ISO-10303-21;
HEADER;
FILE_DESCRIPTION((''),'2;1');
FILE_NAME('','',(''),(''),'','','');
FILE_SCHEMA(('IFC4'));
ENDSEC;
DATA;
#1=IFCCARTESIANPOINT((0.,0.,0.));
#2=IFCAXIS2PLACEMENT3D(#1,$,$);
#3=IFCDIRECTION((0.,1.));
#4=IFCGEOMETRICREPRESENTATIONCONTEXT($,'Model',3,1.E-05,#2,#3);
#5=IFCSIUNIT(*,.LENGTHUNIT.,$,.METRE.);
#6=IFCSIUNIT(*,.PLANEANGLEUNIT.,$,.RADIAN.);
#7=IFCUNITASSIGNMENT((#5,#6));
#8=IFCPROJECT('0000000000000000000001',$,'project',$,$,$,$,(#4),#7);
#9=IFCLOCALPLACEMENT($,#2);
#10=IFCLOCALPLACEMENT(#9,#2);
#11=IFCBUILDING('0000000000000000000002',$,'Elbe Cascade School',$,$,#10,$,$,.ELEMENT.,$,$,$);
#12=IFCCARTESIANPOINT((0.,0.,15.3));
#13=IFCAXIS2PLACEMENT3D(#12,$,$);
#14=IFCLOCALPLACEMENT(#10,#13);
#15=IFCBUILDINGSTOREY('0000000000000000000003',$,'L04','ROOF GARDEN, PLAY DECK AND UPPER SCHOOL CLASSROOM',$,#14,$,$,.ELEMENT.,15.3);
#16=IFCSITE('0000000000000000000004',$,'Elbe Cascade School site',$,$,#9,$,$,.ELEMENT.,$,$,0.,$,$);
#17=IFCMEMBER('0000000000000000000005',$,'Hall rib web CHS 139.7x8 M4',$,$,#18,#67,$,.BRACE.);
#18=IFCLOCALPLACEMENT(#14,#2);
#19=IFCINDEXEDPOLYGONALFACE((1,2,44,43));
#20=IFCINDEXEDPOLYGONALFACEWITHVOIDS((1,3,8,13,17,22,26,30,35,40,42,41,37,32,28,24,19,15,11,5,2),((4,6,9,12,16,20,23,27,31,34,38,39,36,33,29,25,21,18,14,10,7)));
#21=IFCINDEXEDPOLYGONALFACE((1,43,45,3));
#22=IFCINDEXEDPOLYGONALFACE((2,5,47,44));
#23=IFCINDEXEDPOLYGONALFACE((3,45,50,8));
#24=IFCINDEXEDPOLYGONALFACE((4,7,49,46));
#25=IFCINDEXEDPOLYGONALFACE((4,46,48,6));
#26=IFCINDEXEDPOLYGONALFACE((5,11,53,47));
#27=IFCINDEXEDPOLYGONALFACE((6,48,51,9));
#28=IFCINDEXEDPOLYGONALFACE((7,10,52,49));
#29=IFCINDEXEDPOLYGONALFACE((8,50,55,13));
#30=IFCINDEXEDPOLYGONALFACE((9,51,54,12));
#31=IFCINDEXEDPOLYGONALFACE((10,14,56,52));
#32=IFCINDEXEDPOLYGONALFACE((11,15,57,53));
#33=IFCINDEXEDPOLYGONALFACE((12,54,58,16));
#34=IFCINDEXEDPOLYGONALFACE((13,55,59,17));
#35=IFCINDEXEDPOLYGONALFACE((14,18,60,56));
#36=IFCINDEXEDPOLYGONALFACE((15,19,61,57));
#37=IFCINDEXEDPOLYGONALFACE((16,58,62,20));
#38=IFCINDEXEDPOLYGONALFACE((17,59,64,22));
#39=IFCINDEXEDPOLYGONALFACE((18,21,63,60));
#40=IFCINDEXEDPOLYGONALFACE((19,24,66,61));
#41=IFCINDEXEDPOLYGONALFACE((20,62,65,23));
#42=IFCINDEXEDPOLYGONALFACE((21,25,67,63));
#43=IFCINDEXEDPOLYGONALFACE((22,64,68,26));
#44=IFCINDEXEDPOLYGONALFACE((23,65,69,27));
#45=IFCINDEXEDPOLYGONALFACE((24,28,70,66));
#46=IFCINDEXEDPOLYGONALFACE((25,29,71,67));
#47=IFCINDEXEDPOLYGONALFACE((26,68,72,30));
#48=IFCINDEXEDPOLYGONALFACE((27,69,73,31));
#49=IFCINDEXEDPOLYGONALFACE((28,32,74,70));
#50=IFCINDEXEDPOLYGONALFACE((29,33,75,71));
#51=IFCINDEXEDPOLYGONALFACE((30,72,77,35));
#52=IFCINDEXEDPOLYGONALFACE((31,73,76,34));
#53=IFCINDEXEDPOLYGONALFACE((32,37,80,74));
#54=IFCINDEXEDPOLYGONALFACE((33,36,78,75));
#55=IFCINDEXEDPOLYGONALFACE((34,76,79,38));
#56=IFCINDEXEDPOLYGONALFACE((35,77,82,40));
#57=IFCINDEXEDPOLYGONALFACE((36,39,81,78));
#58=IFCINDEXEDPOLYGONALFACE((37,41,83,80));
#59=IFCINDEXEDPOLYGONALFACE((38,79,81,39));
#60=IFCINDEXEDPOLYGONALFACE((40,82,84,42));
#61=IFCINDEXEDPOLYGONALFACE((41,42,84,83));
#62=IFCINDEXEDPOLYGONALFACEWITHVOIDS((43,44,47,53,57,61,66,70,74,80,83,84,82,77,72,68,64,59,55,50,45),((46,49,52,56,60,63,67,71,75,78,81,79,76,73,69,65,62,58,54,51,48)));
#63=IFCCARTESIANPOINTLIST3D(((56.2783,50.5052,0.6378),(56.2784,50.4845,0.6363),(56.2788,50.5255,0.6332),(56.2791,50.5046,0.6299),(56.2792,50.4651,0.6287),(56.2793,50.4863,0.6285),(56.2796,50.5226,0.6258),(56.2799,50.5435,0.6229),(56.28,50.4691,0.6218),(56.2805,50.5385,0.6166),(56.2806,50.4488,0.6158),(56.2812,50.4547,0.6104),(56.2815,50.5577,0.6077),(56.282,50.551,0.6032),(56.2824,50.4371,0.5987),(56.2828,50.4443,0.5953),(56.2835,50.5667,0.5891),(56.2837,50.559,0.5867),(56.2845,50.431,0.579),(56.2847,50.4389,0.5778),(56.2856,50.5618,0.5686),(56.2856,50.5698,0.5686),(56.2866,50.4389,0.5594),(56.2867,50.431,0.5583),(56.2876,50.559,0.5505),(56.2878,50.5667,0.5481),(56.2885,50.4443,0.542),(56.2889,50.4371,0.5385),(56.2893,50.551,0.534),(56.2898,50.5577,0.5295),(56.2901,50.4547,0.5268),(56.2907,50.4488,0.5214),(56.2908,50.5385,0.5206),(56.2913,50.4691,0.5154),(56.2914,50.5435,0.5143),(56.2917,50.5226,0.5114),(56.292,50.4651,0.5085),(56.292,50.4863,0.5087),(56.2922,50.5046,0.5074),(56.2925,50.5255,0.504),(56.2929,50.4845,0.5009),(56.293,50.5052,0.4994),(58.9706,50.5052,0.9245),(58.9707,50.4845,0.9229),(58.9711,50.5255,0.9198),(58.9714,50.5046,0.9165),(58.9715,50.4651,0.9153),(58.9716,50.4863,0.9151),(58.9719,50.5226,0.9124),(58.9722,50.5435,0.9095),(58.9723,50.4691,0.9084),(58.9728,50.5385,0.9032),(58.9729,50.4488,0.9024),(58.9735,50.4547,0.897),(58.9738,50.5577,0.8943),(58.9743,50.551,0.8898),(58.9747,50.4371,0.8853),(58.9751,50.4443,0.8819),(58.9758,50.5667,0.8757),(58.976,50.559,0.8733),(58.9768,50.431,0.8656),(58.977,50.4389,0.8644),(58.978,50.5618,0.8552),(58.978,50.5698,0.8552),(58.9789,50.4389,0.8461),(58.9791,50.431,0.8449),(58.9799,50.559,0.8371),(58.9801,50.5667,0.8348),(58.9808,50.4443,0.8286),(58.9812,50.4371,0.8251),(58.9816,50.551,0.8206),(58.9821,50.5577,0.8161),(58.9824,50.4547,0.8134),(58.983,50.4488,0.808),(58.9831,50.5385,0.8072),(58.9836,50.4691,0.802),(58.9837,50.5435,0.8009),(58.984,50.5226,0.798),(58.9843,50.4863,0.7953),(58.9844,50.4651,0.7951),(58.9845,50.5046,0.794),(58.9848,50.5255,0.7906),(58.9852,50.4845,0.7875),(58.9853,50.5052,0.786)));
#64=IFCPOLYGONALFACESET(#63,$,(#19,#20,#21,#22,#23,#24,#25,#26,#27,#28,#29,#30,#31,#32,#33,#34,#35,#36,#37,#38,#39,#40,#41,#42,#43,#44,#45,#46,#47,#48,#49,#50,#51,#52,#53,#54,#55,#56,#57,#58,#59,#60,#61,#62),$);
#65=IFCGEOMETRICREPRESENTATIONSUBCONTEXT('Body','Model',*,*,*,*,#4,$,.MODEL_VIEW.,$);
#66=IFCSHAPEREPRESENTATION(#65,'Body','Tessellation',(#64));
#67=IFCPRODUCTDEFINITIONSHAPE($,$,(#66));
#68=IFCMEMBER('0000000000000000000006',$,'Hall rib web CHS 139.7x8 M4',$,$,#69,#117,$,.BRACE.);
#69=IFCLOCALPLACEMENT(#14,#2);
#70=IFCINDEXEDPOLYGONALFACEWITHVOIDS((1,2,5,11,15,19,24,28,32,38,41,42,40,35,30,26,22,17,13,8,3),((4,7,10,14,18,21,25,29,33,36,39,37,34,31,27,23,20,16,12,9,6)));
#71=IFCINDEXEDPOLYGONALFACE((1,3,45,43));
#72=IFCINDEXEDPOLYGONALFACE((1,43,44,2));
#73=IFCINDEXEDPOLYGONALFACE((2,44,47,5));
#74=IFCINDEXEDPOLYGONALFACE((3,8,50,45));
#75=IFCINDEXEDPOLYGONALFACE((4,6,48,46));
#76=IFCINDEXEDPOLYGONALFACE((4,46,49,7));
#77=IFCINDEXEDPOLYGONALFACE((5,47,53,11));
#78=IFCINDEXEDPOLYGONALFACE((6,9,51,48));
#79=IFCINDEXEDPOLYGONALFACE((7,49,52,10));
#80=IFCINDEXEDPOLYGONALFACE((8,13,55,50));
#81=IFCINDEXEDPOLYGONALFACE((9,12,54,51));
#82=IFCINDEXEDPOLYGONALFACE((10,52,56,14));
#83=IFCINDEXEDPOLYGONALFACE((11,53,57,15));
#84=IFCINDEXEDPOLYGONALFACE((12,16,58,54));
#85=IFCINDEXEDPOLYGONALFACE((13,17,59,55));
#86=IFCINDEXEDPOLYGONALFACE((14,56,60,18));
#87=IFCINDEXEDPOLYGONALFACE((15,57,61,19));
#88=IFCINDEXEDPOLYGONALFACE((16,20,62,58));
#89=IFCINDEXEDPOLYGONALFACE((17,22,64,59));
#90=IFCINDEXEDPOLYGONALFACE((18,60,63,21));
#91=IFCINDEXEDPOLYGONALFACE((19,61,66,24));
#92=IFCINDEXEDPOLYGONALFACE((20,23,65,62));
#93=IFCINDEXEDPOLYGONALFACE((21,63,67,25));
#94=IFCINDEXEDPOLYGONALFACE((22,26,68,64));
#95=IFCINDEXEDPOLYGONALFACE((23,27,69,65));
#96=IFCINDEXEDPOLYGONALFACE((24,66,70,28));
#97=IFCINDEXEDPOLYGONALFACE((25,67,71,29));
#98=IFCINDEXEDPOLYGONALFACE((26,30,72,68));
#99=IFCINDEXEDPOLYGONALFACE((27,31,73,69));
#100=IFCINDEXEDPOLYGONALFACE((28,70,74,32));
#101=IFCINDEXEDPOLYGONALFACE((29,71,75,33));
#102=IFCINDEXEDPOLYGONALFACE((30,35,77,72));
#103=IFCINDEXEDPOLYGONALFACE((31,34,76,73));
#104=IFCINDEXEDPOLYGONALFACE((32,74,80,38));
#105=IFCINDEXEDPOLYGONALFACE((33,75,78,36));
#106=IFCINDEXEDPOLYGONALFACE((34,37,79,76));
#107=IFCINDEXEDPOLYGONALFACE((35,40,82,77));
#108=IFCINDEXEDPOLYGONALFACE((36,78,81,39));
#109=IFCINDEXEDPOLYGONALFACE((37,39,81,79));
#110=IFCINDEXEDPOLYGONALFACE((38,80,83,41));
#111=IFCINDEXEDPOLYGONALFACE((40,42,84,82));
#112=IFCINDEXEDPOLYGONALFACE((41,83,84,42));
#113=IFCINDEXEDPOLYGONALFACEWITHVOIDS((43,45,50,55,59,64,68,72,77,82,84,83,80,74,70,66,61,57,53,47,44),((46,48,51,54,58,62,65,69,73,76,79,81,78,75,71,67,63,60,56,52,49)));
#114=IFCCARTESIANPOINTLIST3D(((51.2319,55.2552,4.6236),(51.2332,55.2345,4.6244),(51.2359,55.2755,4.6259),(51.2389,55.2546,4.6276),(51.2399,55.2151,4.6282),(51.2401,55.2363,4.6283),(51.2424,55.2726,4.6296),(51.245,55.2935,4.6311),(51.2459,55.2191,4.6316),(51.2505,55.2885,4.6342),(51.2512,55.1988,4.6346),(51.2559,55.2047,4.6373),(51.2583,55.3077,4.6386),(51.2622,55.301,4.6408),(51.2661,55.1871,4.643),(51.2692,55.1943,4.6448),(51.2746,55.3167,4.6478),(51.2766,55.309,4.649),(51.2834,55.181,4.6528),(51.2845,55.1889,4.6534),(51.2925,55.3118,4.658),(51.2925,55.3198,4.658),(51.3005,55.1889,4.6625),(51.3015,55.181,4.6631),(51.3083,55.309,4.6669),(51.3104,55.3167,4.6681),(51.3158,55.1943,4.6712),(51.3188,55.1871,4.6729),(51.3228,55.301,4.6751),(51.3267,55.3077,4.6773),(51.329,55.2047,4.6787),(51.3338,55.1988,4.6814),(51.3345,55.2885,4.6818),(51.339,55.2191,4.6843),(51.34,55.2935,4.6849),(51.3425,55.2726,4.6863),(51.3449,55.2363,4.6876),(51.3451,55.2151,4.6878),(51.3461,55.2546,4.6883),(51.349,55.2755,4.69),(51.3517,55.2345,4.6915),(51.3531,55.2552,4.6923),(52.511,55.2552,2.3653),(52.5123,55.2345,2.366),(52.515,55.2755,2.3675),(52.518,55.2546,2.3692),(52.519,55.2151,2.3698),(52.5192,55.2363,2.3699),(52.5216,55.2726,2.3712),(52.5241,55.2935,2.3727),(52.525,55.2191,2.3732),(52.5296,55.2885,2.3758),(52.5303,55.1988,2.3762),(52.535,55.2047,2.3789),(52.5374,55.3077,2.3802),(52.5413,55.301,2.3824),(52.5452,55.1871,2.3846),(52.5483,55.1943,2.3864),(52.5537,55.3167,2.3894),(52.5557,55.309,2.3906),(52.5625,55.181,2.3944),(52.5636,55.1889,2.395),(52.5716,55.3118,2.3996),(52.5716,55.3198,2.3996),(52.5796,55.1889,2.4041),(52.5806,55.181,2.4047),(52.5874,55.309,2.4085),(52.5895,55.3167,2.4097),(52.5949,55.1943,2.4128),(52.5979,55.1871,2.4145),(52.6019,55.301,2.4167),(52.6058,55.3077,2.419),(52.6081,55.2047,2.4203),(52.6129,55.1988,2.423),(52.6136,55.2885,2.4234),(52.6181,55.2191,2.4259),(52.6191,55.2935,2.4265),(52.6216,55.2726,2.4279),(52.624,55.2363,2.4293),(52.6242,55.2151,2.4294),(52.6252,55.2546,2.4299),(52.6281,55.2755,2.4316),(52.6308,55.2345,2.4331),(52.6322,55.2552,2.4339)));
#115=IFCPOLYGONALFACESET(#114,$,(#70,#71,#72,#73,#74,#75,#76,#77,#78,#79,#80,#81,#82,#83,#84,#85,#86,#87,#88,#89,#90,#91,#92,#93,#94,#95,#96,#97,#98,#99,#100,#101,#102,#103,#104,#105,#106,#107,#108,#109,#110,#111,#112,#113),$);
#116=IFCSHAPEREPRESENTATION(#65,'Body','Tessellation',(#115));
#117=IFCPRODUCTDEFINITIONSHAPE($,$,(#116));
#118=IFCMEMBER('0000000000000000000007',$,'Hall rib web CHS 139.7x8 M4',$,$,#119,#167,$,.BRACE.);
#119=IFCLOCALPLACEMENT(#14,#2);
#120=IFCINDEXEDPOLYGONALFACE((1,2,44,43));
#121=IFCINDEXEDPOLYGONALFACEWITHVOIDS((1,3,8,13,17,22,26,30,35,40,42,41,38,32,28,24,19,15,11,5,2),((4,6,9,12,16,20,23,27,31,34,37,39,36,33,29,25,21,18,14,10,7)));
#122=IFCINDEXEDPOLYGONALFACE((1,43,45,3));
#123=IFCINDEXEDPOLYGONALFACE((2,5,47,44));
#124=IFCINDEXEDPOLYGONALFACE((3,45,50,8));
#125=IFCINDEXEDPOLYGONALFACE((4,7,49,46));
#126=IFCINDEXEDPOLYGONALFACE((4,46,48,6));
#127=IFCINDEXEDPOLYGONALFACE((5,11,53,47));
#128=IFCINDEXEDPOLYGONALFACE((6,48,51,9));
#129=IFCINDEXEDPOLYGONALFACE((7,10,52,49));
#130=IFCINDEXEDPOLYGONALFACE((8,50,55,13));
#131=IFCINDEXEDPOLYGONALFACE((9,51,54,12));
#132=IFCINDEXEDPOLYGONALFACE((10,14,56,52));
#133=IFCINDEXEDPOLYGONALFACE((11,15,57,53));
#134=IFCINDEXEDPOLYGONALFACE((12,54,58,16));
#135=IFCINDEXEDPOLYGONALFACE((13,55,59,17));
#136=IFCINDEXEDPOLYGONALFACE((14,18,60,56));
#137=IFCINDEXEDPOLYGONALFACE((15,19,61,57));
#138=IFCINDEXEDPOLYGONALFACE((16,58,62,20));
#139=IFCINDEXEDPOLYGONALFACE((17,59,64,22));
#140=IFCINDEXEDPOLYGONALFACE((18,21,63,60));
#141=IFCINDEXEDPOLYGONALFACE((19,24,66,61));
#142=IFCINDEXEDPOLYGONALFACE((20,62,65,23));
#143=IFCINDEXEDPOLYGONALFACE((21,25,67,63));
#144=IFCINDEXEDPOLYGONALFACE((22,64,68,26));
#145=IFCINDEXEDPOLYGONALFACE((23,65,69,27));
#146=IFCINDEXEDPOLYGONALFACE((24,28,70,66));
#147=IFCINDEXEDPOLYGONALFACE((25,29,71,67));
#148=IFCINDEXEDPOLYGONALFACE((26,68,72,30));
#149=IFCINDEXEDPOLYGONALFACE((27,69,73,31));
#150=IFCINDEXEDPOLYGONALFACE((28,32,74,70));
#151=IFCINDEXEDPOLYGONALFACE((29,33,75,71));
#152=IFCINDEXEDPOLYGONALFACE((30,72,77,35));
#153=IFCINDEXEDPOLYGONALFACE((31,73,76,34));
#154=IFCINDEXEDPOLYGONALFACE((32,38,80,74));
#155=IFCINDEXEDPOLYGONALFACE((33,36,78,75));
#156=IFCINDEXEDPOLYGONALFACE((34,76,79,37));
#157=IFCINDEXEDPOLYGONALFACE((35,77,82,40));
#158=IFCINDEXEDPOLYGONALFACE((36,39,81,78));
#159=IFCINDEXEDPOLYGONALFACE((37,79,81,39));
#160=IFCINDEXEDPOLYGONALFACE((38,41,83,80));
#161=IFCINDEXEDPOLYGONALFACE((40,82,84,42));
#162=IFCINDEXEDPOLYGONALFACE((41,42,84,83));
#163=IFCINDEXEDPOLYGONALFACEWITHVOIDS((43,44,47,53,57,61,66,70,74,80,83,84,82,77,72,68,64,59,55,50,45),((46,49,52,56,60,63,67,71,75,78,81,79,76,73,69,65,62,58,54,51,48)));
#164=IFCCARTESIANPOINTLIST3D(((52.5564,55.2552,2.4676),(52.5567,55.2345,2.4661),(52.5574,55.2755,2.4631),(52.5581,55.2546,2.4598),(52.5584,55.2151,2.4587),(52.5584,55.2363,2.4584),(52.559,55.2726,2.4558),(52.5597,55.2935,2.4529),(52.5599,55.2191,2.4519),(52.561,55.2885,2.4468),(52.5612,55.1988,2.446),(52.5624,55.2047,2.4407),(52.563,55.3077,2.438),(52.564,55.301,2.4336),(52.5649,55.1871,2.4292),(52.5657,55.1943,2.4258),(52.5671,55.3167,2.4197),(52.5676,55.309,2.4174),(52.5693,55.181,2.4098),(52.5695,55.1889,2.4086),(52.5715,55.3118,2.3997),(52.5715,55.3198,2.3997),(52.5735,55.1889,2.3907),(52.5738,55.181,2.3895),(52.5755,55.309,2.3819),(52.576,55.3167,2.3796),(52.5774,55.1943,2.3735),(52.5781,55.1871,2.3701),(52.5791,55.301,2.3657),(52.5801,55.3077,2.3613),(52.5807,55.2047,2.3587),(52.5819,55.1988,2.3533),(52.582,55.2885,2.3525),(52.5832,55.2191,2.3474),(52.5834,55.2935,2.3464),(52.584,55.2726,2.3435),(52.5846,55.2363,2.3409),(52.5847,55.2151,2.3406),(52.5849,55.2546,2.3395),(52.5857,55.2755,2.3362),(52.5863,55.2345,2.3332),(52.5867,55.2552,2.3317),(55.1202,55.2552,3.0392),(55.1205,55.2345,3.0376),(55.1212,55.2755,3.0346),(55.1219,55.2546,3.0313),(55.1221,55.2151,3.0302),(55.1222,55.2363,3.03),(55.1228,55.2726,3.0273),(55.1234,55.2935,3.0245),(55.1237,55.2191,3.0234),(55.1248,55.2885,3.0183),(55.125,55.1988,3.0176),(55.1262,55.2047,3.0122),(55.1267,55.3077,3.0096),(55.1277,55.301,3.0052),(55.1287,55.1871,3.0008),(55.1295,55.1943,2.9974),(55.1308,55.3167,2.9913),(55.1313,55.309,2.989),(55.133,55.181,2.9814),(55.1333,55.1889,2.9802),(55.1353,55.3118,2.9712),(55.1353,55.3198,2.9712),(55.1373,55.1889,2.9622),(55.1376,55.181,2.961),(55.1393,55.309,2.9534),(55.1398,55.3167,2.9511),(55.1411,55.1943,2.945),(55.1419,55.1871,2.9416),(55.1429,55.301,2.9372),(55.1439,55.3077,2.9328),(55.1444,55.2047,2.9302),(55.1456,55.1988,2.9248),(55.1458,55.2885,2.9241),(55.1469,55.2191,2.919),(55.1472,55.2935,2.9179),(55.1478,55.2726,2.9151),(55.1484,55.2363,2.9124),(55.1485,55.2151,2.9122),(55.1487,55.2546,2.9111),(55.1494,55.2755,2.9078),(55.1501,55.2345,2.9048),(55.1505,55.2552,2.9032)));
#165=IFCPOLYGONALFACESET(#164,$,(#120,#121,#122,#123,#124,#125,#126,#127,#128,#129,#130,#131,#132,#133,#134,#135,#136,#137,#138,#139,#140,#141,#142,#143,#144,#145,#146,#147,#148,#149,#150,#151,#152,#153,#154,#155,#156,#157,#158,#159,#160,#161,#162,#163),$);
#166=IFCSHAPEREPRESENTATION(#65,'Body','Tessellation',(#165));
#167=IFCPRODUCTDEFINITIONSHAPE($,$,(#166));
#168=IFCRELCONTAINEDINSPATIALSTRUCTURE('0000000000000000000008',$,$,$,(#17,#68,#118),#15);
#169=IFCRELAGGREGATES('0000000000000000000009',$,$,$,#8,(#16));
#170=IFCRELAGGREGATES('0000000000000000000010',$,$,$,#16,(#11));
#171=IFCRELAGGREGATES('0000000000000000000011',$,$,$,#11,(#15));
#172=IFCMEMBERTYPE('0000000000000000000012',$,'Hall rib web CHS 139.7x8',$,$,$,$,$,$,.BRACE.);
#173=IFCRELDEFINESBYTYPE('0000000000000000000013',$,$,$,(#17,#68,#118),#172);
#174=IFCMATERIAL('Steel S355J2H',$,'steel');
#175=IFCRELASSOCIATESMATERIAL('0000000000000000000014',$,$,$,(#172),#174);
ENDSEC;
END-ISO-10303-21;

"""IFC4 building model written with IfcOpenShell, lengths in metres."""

from ifc_helpers import new_model, si_unit, direction, frame, origin, origin_2d, place, context, subcontext, project, spatial, hollow_circle, extrude, material, material_profile, profile_set, type_object, element, save


model = new_model("IFC4")

# Units and contexts
model_context = context("Model", 3, precision=1e-05, world=origin(), true_north=direction((0.0, 1.0)))
body_context = subcontext(model_context, "Body", "Model", "MODEL_VIEW")
ifc_project = project(units=[si_unit("LENGTHUNIT", "METRE"), si_unit("PLANEANGLEUNIT", "RADIAN")], contexts=[model_context])

# Site, building, storey
site_placement = place(None, origin())
site = spatial("IfcSite", under=ifc_project, at=site_placement, Name="Elbe Cascade School site", CompositionType="ELEMENT", RefElevation=0.0)
building_placement = place(site_placement, origin())
building = spatial("IfcBuilding", under=site, at=building_placement, Name="Elbe Cascade School", CompositionType="ELEMENT")
storey_placement = place(building_placement, frame((0.0, 0.0, 15.3)))
storey = spatial("IfcBuildingStorey", under=building, at=storey_placement, Name="L04", Description="ROOF GARDEN, PLAY DECK AND UPPER SCHOOL CLASSROOM", CompositionType="ELEMENT", Elevation=15.3)

# Members
ifc_material_1 = material(Name="Steel S355J2H", Category="steel")
ifc_material_profile_1 = material_profile(ifc_material_1, hollow_circle(Radius=0.0698, WallThickness=0.0081, at=origin_2d()), Name="CHS 139.7x8")
ifc_profile_set_1 = profile_set([ifc_material_profile_1], Name="Steel S355J2H")
member_type_1 = type_object("IfcMemberType", Name="Hall rib web CHS 139.7x8", PredefinedType="BRACE", material=ifc_profile_set_1)
member_1_placement = place(storey_placement, frame((56.2856, 50.5, 0.5686), z_axis=(0.994381, 0.0, 0.105858), x_axis=(0.0, 1.0, 0.0)))
element("IfcMember", 1, at=member_1_placement, inside=storey, type_object=member_type_1, Name="Hall rib web CHS 139.7x8 M4", PredefinedType="BRACE", context=body_context, shape_type="SweptSolid", body=[
    extrude(hollow_circle(Radius=0.0698, WallThickness=0.0081, at=origin_2d()), origin(), (0.0, 0.0, 1.0), 2.7075),
])
member_2_placement = place(storey_placement, frame((51.2925, 55.25, 4.658), z_axis=(0.492823, 0.0, -0.87013), x_axis=(0.0, 1.0, 0.0)))
element("IfcMember", 2, at=member_2_placement, inside=storey, type_object=member_type_1, Name="Hall rib web CHS 139.7x8 M4", PredefinedType="BRACE", context=body_context, shape_type="SweptSolid", body=[
    extrude(hollow_circle(Radius=0.0698, WallThickness=0.0081, at=origin_2d()), origin(), (0.0, 0.0, 1.0), 2.5955),
])
member_3_placement = place(storey_placement, frame((52.5715, 55.25, 2.3997), z_axis=(0.97604, 0.0, 0.21759), x_axis=(0.0, 1.0, 0.0)))
element("IfcMember", 3, at=member_3_placement, inside=storey, type_object=member_type_1, Name="Hall rib web CHS 139.7x8 M4", PredefinedType="BRACE", context=body_context, shape_type="SweptSolid", body=[
    extrude(hollow_circle(Radius=0.0698, WallThickness=0.0081, at=origin_2d()), origin(), (0.0, 0.0, 1.0), 2.6267),
])

save(model, "model.ifc")
